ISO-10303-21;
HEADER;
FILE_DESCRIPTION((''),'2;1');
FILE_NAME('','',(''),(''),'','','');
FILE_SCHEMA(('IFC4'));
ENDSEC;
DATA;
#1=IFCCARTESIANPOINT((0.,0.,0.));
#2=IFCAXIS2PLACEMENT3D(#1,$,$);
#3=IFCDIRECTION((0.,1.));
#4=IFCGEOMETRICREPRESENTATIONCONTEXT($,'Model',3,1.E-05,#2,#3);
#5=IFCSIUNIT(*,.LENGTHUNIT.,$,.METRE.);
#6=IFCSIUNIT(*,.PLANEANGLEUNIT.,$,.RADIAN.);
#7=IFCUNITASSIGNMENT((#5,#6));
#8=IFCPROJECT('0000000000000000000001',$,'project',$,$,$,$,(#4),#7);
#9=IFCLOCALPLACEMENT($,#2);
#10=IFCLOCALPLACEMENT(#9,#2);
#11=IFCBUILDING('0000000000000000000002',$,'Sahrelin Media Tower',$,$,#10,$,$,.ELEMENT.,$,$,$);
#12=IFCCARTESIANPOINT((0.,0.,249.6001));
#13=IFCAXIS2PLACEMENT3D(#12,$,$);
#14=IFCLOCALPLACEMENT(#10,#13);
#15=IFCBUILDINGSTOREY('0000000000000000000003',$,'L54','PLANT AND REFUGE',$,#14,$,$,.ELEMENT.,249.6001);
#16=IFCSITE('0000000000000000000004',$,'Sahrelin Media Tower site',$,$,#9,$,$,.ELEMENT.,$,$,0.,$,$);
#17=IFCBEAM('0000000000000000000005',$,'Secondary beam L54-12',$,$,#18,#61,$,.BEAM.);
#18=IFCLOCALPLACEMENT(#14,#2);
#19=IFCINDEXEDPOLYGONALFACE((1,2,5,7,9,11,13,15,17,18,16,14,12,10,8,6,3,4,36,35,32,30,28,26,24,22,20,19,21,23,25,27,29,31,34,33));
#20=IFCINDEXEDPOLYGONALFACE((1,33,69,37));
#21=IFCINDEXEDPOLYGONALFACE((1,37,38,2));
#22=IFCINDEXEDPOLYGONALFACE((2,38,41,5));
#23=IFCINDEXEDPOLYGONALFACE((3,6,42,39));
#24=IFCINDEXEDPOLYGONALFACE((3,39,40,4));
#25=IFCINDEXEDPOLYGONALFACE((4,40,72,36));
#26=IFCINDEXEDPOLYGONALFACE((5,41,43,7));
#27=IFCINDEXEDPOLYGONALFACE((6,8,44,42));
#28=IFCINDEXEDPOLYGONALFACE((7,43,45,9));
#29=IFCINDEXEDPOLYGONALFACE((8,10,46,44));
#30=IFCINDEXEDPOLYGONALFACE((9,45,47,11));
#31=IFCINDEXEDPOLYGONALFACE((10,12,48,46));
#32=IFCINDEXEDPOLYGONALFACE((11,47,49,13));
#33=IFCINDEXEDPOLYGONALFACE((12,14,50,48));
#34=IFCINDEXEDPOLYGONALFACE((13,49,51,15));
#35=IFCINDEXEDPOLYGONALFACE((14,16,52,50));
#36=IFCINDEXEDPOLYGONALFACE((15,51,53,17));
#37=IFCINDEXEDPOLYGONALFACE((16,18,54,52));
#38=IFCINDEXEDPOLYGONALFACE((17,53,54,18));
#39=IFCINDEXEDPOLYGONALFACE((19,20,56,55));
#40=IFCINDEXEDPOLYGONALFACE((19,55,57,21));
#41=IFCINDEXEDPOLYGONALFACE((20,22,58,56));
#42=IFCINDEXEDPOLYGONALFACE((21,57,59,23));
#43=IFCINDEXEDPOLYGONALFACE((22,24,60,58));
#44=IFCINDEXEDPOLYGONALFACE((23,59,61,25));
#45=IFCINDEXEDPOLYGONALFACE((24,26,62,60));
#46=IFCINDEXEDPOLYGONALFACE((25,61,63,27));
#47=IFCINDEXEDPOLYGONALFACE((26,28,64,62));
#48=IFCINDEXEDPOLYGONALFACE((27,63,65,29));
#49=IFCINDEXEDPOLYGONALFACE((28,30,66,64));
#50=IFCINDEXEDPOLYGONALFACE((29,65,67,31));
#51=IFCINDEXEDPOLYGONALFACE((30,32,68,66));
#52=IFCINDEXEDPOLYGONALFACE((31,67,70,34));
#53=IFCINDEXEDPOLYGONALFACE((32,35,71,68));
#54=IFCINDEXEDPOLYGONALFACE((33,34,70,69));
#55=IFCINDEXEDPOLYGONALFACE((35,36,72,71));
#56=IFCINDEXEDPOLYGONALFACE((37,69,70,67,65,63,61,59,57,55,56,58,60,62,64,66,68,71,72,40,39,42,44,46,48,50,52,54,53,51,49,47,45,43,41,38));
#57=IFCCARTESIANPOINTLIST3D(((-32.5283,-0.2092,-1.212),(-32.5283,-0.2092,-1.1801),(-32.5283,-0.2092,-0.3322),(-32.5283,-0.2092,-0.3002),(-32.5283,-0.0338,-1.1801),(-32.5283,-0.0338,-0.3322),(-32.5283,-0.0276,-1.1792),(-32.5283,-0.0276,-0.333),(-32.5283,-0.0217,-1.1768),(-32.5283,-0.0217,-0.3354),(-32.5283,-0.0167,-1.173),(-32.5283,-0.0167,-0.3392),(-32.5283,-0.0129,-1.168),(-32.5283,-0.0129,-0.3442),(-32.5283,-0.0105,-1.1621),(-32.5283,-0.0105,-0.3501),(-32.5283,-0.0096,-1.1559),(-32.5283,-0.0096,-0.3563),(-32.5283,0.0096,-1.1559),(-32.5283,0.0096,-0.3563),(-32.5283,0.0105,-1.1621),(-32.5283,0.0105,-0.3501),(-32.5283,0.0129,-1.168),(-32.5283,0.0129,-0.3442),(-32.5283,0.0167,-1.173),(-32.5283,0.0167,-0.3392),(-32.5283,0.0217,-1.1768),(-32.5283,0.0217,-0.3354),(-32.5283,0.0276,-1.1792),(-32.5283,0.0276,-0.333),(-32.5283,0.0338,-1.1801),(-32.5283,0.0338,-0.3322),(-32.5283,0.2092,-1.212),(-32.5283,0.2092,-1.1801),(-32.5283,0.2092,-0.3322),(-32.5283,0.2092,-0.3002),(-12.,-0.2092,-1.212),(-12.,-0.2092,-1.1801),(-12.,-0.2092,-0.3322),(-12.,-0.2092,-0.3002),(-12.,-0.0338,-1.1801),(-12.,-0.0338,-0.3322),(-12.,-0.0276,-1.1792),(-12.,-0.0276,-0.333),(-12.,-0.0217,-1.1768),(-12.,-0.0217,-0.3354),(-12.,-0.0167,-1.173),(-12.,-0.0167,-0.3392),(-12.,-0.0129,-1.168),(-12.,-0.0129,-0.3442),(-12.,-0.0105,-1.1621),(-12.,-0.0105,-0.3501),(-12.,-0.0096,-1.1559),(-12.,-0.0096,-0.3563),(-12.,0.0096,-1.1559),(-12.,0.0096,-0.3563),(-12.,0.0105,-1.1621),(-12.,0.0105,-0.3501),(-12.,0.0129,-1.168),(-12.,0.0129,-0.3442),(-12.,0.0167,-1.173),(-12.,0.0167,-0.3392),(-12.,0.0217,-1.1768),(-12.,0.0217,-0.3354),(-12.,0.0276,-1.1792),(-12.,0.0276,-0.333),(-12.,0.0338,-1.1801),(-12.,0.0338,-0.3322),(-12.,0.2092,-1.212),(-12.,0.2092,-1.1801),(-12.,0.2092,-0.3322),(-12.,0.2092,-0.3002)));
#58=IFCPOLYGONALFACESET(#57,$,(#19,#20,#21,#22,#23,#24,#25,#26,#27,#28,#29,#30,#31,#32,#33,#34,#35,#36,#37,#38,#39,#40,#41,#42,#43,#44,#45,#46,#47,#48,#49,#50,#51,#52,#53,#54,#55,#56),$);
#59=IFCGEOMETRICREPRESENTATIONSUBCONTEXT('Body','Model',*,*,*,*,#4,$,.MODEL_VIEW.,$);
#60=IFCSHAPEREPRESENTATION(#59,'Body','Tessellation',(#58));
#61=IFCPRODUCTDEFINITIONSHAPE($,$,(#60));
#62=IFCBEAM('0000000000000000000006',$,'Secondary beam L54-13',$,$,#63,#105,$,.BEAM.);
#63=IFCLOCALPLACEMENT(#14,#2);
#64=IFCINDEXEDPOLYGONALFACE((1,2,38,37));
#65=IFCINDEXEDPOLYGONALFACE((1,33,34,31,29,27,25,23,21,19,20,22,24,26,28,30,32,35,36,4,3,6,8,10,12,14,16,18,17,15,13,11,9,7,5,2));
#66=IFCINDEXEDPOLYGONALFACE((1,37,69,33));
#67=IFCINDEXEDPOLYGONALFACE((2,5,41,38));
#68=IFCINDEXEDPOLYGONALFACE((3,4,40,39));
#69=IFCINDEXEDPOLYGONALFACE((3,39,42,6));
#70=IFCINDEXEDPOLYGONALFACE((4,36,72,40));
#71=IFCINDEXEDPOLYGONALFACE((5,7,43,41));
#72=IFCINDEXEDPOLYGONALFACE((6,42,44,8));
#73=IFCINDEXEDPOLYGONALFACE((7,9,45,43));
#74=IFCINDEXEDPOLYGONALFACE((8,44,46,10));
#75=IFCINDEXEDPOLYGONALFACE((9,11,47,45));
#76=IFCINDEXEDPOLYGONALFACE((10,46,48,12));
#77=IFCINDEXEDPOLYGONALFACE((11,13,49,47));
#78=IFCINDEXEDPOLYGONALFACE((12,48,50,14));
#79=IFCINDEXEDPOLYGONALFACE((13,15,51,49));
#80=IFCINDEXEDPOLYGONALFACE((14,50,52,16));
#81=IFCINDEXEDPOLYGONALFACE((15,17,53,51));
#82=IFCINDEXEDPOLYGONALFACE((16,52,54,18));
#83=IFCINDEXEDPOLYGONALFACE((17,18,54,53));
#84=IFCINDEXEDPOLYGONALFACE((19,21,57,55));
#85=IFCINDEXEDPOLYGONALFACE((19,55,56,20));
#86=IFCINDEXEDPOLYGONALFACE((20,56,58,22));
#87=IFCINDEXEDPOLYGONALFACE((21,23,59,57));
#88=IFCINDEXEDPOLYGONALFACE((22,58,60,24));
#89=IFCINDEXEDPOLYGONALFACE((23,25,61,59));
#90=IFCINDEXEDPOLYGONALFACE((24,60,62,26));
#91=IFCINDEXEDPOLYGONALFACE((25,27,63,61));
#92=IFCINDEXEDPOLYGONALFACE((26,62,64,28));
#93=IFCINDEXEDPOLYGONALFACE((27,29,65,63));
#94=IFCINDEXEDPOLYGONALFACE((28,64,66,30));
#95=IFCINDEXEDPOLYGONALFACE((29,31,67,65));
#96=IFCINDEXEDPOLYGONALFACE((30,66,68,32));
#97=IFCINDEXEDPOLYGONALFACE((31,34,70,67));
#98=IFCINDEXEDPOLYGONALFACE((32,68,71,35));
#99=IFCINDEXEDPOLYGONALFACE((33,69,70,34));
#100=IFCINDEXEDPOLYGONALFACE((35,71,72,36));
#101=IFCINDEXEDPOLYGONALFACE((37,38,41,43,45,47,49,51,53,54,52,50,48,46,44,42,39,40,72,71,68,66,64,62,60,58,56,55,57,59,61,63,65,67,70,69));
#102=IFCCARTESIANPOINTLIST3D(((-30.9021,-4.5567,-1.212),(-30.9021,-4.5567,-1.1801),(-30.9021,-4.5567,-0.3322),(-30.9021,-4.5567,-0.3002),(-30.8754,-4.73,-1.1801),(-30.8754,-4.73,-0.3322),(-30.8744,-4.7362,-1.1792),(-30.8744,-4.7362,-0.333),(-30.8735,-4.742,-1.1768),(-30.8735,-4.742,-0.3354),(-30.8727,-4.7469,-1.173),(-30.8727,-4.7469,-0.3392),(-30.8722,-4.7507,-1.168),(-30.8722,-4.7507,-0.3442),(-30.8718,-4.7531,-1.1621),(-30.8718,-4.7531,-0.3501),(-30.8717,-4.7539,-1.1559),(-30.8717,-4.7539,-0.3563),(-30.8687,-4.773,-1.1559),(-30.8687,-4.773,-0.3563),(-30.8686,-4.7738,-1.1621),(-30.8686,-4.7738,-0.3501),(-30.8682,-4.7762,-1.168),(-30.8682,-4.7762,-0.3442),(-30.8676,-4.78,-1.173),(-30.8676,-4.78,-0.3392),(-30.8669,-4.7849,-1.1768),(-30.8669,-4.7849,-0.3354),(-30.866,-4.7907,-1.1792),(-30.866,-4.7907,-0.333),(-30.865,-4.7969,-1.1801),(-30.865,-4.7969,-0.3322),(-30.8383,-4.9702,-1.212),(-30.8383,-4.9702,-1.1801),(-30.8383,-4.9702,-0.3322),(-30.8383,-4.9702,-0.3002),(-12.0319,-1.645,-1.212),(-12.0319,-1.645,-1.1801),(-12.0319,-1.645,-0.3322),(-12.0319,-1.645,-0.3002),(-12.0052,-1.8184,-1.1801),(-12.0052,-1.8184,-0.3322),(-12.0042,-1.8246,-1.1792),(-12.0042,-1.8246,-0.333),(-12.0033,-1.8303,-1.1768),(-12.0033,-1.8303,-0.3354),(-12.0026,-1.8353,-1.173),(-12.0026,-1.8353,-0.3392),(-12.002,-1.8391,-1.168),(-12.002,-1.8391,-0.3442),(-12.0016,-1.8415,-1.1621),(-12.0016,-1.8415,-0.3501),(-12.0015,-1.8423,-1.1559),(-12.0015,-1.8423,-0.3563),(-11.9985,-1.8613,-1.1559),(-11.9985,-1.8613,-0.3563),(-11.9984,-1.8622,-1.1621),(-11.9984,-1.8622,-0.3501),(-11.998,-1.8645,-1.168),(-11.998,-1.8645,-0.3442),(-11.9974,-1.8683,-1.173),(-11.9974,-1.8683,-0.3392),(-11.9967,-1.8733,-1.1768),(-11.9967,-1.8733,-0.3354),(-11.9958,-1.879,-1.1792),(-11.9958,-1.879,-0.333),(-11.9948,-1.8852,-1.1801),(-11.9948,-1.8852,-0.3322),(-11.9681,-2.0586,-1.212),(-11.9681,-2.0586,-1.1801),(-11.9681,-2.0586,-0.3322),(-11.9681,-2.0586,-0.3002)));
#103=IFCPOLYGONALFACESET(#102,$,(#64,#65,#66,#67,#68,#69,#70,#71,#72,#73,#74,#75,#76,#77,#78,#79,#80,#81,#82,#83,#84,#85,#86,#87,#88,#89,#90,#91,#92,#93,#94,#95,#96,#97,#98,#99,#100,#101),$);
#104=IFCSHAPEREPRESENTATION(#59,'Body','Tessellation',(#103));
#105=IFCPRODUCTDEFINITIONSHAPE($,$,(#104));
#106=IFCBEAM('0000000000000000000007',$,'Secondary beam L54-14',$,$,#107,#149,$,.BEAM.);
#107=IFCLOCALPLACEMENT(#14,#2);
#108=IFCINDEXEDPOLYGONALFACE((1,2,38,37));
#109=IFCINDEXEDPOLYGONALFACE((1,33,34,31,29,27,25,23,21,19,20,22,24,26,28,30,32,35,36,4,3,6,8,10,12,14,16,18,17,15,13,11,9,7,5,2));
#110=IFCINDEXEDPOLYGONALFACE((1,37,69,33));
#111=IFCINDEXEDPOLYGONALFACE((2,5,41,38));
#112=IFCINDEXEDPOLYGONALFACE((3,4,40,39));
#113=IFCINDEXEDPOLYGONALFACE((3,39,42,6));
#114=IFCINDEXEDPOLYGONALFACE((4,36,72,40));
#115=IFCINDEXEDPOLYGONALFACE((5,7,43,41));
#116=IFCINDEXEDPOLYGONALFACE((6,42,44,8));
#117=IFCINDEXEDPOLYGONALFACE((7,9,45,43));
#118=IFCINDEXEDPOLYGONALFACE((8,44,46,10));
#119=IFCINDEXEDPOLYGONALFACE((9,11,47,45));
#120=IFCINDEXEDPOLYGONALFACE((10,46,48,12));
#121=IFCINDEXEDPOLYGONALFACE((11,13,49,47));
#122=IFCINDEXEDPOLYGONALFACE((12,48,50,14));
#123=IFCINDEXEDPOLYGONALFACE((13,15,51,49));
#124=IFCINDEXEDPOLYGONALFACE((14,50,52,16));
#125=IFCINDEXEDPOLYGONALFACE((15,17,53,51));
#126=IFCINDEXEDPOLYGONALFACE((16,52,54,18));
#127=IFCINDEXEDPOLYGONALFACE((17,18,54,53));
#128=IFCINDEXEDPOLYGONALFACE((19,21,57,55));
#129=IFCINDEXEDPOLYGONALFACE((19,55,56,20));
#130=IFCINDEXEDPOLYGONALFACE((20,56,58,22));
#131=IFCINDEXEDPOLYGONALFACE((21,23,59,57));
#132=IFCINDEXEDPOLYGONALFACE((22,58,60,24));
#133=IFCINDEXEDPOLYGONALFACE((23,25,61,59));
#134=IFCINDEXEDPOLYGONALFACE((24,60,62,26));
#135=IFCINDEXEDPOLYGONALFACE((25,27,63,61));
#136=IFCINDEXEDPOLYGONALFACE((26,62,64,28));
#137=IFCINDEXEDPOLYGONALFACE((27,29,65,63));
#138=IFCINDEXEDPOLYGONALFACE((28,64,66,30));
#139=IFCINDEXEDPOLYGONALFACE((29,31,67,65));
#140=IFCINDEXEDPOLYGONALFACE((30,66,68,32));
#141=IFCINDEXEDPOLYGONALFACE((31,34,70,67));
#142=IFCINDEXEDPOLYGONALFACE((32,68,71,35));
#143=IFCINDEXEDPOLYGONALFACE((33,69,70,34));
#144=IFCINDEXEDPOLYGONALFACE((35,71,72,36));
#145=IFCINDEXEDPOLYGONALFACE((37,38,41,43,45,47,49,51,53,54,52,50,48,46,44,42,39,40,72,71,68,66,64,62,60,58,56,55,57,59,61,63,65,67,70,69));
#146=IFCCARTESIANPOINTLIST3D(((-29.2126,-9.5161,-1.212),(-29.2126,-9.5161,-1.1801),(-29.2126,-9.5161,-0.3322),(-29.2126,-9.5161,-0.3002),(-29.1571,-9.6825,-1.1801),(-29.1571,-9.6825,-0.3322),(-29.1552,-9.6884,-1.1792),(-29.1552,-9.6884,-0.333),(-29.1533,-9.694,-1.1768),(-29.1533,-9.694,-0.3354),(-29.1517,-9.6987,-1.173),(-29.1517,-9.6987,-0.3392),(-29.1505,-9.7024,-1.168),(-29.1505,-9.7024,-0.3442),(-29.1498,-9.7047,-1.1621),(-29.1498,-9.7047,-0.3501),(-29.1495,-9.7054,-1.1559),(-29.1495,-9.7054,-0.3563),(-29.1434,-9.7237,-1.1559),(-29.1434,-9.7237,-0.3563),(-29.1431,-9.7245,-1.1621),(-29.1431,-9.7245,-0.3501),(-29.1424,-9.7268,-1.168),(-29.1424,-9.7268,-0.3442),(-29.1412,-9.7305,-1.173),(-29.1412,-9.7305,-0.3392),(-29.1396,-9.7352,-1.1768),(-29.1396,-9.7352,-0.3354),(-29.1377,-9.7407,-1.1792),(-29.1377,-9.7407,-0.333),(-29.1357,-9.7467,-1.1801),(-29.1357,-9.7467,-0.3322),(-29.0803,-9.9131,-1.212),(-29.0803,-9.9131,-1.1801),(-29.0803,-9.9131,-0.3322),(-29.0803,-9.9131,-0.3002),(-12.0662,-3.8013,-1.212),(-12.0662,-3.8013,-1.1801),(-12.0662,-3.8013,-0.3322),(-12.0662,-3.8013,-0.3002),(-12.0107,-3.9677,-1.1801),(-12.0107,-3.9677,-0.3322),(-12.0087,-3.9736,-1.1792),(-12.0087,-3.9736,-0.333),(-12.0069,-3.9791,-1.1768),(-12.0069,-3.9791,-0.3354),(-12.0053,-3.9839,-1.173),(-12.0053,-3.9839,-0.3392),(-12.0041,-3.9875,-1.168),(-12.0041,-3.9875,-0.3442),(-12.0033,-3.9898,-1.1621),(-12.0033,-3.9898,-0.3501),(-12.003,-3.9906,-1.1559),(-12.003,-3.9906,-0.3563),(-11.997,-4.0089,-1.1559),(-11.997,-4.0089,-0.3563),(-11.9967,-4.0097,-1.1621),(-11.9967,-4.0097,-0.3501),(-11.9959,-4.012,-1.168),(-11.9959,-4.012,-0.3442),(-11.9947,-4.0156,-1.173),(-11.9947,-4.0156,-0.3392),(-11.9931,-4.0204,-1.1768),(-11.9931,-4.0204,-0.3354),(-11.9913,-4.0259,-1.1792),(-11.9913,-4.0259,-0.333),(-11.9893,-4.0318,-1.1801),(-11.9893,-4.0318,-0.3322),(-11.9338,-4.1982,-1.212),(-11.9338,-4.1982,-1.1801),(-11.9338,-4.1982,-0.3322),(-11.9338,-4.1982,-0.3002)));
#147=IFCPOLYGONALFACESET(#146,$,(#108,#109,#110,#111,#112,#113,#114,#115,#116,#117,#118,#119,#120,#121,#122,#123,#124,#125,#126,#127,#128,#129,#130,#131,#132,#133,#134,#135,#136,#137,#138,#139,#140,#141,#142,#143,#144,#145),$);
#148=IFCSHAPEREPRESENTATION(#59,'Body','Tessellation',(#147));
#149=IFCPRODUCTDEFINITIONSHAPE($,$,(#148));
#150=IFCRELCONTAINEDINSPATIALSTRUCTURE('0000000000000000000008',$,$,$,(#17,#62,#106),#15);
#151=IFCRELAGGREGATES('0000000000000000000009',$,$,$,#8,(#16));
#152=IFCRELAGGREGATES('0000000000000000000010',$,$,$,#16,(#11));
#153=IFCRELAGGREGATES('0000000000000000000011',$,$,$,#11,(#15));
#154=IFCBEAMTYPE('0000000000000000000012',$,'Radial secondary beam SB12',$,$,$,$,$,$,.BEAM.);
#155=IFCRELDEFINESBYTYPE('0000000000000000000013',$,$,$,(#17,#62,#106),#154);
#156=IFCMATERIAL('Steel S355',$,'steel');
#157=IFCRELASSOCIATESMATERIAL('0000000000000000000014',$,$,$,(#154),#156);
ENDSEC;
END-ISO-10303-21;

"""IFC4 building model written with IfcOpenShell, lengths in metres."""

from ifc_helpers import new_model, si_unit, direction, frame, origin, origin_2d, place, context, subcontext, project, spatial, i_section, extrude, material, material_profile, profile_set, type_object, element, save


model = new_model("IFC4")

# Units and contexts
model_context = context("Model", 3, precision=1e-05, world=origin(), true_north=direction((0.0, 1.0)))
body_context = subcontext(model_context, "Body", "Model", "MODEL_VIEW")
ifc_project = project(units=[si_unit("LENGTHUNIT", "METRE"), si_unit("PLANEANGLEUNIT", "RADIAN")], contexts=[model_context])

# Site, building, storey
site_placement = place(None, origin())
site = spatial("IfcSite", under=ifc_project, at=site_placement, Name="Sahrelin Media Tower site", CompositionType="ELEMENT", RefElevation=0.0)
building_placement = place(site_placement, origin())
building = spatial("IfcBuilding", under=site, at=building_placement, Name="Sahrelin Media Tower", CompositionType="ELEMENT")
storey_placement = place(building_placement, frame((0.0, 0.0, 249.6001)))
storey = spatial("IfcBuildingStorey", under=building, at=storey_placement, Name="L54", Description="PLANT AND REFUGE", CompositionType="ELEMENT", Elevation=249.6001)

# Beams
ifc_material_1 = material(Name="Steel S355", Category="steel")
ifc_material_profile_1 = material_profile(ifc_material_1, i_section(OverallWidth=0.4185, OverallDepth=0.9119, WebThickness=0.0193, FlangeThickness=0.032, FilletRadius=0.0242, at=origin_2d()), Name="UB 914x419x343")
ifc_profile_set_1 = profile_set([ifc_material_profile_1], Name="Steel S355")
beam_type_1 = type_object("IfcBeamType", Name="Radial secondary beam SB12", PredefinedType="BEAM", material=ifc_profile_set_1)
beam_1_placement = place(storey_placement, frame((-12.0, 0.0, -0.7561), z_axis=(-1.0, 0.0, 0.0), x_axis=(0.0, -1.0, 0.0)))
element("IfcBeam", 1, at=beam_1_placement, inside=storey, type_object=beam_type_1, Name="Secondary beam L54-12", PredefinedType="BEAM", context=body_context, shape_type="SweptSolid", body=[
    extrude(i_section(OverallWidth=0.4185, OverallDepth=0.9119, WebThickness=0.0193, FlangeThickness=0.032, FilletRadius=0.0242, at=origin_2d()), origin(), (0.0, 0.0, 1.0), 20.5283),
])
beam_2_placement = place(storey_placement, frame((-12.0, -1.8518, -0.7561), z_axis=(-0.988304, -0.152493, 0.0), x_axis=(0.152493, -0.988304, 0.0)))
element("IfcBeam", 2, at=beam_2_placement, inside=storey, type_object=beam_type_1, Name="Secondary beam L54-13", PredefinedType="BEAM", context=body_context, shape_type="SweptSolid", body=[
    extrude(i_section(OverallWidth=0.4185, OverallDepth=0.9119, WebThickness=0.0193, FlangeThickness=0.032, FilletRadius=0.0242, at=origin_2d()), origin(), (0.0, 0.0, 1.0), 19.0935),
])
beam_3_placement = place(storey_placement, frame((-12.0, -3.9998, -0.7561), z_axis=(-0.948694, -0.316195, 0.0), x_axis=(0.316195, -0.948694, 0.0)))
element("IfcBeam", 3, at=beam_3_placement, inside=storey, type_object=beam_type_1, Name="Secondary beam L54-14", PredefinedType="BEAM", context=body_context, shape_type="SweptSolid", body=[
    extrude(i_section(OverallWidth=0.4185, OverallDepth=0.9119, WebThickness=0.0193, FlangeThickness=0.032, FilletRadius=0.0242, at=origin_2d()), origin(), (0.0, 0.0, 1.0), 18.0737),
])

save(model, "model.ifc")
